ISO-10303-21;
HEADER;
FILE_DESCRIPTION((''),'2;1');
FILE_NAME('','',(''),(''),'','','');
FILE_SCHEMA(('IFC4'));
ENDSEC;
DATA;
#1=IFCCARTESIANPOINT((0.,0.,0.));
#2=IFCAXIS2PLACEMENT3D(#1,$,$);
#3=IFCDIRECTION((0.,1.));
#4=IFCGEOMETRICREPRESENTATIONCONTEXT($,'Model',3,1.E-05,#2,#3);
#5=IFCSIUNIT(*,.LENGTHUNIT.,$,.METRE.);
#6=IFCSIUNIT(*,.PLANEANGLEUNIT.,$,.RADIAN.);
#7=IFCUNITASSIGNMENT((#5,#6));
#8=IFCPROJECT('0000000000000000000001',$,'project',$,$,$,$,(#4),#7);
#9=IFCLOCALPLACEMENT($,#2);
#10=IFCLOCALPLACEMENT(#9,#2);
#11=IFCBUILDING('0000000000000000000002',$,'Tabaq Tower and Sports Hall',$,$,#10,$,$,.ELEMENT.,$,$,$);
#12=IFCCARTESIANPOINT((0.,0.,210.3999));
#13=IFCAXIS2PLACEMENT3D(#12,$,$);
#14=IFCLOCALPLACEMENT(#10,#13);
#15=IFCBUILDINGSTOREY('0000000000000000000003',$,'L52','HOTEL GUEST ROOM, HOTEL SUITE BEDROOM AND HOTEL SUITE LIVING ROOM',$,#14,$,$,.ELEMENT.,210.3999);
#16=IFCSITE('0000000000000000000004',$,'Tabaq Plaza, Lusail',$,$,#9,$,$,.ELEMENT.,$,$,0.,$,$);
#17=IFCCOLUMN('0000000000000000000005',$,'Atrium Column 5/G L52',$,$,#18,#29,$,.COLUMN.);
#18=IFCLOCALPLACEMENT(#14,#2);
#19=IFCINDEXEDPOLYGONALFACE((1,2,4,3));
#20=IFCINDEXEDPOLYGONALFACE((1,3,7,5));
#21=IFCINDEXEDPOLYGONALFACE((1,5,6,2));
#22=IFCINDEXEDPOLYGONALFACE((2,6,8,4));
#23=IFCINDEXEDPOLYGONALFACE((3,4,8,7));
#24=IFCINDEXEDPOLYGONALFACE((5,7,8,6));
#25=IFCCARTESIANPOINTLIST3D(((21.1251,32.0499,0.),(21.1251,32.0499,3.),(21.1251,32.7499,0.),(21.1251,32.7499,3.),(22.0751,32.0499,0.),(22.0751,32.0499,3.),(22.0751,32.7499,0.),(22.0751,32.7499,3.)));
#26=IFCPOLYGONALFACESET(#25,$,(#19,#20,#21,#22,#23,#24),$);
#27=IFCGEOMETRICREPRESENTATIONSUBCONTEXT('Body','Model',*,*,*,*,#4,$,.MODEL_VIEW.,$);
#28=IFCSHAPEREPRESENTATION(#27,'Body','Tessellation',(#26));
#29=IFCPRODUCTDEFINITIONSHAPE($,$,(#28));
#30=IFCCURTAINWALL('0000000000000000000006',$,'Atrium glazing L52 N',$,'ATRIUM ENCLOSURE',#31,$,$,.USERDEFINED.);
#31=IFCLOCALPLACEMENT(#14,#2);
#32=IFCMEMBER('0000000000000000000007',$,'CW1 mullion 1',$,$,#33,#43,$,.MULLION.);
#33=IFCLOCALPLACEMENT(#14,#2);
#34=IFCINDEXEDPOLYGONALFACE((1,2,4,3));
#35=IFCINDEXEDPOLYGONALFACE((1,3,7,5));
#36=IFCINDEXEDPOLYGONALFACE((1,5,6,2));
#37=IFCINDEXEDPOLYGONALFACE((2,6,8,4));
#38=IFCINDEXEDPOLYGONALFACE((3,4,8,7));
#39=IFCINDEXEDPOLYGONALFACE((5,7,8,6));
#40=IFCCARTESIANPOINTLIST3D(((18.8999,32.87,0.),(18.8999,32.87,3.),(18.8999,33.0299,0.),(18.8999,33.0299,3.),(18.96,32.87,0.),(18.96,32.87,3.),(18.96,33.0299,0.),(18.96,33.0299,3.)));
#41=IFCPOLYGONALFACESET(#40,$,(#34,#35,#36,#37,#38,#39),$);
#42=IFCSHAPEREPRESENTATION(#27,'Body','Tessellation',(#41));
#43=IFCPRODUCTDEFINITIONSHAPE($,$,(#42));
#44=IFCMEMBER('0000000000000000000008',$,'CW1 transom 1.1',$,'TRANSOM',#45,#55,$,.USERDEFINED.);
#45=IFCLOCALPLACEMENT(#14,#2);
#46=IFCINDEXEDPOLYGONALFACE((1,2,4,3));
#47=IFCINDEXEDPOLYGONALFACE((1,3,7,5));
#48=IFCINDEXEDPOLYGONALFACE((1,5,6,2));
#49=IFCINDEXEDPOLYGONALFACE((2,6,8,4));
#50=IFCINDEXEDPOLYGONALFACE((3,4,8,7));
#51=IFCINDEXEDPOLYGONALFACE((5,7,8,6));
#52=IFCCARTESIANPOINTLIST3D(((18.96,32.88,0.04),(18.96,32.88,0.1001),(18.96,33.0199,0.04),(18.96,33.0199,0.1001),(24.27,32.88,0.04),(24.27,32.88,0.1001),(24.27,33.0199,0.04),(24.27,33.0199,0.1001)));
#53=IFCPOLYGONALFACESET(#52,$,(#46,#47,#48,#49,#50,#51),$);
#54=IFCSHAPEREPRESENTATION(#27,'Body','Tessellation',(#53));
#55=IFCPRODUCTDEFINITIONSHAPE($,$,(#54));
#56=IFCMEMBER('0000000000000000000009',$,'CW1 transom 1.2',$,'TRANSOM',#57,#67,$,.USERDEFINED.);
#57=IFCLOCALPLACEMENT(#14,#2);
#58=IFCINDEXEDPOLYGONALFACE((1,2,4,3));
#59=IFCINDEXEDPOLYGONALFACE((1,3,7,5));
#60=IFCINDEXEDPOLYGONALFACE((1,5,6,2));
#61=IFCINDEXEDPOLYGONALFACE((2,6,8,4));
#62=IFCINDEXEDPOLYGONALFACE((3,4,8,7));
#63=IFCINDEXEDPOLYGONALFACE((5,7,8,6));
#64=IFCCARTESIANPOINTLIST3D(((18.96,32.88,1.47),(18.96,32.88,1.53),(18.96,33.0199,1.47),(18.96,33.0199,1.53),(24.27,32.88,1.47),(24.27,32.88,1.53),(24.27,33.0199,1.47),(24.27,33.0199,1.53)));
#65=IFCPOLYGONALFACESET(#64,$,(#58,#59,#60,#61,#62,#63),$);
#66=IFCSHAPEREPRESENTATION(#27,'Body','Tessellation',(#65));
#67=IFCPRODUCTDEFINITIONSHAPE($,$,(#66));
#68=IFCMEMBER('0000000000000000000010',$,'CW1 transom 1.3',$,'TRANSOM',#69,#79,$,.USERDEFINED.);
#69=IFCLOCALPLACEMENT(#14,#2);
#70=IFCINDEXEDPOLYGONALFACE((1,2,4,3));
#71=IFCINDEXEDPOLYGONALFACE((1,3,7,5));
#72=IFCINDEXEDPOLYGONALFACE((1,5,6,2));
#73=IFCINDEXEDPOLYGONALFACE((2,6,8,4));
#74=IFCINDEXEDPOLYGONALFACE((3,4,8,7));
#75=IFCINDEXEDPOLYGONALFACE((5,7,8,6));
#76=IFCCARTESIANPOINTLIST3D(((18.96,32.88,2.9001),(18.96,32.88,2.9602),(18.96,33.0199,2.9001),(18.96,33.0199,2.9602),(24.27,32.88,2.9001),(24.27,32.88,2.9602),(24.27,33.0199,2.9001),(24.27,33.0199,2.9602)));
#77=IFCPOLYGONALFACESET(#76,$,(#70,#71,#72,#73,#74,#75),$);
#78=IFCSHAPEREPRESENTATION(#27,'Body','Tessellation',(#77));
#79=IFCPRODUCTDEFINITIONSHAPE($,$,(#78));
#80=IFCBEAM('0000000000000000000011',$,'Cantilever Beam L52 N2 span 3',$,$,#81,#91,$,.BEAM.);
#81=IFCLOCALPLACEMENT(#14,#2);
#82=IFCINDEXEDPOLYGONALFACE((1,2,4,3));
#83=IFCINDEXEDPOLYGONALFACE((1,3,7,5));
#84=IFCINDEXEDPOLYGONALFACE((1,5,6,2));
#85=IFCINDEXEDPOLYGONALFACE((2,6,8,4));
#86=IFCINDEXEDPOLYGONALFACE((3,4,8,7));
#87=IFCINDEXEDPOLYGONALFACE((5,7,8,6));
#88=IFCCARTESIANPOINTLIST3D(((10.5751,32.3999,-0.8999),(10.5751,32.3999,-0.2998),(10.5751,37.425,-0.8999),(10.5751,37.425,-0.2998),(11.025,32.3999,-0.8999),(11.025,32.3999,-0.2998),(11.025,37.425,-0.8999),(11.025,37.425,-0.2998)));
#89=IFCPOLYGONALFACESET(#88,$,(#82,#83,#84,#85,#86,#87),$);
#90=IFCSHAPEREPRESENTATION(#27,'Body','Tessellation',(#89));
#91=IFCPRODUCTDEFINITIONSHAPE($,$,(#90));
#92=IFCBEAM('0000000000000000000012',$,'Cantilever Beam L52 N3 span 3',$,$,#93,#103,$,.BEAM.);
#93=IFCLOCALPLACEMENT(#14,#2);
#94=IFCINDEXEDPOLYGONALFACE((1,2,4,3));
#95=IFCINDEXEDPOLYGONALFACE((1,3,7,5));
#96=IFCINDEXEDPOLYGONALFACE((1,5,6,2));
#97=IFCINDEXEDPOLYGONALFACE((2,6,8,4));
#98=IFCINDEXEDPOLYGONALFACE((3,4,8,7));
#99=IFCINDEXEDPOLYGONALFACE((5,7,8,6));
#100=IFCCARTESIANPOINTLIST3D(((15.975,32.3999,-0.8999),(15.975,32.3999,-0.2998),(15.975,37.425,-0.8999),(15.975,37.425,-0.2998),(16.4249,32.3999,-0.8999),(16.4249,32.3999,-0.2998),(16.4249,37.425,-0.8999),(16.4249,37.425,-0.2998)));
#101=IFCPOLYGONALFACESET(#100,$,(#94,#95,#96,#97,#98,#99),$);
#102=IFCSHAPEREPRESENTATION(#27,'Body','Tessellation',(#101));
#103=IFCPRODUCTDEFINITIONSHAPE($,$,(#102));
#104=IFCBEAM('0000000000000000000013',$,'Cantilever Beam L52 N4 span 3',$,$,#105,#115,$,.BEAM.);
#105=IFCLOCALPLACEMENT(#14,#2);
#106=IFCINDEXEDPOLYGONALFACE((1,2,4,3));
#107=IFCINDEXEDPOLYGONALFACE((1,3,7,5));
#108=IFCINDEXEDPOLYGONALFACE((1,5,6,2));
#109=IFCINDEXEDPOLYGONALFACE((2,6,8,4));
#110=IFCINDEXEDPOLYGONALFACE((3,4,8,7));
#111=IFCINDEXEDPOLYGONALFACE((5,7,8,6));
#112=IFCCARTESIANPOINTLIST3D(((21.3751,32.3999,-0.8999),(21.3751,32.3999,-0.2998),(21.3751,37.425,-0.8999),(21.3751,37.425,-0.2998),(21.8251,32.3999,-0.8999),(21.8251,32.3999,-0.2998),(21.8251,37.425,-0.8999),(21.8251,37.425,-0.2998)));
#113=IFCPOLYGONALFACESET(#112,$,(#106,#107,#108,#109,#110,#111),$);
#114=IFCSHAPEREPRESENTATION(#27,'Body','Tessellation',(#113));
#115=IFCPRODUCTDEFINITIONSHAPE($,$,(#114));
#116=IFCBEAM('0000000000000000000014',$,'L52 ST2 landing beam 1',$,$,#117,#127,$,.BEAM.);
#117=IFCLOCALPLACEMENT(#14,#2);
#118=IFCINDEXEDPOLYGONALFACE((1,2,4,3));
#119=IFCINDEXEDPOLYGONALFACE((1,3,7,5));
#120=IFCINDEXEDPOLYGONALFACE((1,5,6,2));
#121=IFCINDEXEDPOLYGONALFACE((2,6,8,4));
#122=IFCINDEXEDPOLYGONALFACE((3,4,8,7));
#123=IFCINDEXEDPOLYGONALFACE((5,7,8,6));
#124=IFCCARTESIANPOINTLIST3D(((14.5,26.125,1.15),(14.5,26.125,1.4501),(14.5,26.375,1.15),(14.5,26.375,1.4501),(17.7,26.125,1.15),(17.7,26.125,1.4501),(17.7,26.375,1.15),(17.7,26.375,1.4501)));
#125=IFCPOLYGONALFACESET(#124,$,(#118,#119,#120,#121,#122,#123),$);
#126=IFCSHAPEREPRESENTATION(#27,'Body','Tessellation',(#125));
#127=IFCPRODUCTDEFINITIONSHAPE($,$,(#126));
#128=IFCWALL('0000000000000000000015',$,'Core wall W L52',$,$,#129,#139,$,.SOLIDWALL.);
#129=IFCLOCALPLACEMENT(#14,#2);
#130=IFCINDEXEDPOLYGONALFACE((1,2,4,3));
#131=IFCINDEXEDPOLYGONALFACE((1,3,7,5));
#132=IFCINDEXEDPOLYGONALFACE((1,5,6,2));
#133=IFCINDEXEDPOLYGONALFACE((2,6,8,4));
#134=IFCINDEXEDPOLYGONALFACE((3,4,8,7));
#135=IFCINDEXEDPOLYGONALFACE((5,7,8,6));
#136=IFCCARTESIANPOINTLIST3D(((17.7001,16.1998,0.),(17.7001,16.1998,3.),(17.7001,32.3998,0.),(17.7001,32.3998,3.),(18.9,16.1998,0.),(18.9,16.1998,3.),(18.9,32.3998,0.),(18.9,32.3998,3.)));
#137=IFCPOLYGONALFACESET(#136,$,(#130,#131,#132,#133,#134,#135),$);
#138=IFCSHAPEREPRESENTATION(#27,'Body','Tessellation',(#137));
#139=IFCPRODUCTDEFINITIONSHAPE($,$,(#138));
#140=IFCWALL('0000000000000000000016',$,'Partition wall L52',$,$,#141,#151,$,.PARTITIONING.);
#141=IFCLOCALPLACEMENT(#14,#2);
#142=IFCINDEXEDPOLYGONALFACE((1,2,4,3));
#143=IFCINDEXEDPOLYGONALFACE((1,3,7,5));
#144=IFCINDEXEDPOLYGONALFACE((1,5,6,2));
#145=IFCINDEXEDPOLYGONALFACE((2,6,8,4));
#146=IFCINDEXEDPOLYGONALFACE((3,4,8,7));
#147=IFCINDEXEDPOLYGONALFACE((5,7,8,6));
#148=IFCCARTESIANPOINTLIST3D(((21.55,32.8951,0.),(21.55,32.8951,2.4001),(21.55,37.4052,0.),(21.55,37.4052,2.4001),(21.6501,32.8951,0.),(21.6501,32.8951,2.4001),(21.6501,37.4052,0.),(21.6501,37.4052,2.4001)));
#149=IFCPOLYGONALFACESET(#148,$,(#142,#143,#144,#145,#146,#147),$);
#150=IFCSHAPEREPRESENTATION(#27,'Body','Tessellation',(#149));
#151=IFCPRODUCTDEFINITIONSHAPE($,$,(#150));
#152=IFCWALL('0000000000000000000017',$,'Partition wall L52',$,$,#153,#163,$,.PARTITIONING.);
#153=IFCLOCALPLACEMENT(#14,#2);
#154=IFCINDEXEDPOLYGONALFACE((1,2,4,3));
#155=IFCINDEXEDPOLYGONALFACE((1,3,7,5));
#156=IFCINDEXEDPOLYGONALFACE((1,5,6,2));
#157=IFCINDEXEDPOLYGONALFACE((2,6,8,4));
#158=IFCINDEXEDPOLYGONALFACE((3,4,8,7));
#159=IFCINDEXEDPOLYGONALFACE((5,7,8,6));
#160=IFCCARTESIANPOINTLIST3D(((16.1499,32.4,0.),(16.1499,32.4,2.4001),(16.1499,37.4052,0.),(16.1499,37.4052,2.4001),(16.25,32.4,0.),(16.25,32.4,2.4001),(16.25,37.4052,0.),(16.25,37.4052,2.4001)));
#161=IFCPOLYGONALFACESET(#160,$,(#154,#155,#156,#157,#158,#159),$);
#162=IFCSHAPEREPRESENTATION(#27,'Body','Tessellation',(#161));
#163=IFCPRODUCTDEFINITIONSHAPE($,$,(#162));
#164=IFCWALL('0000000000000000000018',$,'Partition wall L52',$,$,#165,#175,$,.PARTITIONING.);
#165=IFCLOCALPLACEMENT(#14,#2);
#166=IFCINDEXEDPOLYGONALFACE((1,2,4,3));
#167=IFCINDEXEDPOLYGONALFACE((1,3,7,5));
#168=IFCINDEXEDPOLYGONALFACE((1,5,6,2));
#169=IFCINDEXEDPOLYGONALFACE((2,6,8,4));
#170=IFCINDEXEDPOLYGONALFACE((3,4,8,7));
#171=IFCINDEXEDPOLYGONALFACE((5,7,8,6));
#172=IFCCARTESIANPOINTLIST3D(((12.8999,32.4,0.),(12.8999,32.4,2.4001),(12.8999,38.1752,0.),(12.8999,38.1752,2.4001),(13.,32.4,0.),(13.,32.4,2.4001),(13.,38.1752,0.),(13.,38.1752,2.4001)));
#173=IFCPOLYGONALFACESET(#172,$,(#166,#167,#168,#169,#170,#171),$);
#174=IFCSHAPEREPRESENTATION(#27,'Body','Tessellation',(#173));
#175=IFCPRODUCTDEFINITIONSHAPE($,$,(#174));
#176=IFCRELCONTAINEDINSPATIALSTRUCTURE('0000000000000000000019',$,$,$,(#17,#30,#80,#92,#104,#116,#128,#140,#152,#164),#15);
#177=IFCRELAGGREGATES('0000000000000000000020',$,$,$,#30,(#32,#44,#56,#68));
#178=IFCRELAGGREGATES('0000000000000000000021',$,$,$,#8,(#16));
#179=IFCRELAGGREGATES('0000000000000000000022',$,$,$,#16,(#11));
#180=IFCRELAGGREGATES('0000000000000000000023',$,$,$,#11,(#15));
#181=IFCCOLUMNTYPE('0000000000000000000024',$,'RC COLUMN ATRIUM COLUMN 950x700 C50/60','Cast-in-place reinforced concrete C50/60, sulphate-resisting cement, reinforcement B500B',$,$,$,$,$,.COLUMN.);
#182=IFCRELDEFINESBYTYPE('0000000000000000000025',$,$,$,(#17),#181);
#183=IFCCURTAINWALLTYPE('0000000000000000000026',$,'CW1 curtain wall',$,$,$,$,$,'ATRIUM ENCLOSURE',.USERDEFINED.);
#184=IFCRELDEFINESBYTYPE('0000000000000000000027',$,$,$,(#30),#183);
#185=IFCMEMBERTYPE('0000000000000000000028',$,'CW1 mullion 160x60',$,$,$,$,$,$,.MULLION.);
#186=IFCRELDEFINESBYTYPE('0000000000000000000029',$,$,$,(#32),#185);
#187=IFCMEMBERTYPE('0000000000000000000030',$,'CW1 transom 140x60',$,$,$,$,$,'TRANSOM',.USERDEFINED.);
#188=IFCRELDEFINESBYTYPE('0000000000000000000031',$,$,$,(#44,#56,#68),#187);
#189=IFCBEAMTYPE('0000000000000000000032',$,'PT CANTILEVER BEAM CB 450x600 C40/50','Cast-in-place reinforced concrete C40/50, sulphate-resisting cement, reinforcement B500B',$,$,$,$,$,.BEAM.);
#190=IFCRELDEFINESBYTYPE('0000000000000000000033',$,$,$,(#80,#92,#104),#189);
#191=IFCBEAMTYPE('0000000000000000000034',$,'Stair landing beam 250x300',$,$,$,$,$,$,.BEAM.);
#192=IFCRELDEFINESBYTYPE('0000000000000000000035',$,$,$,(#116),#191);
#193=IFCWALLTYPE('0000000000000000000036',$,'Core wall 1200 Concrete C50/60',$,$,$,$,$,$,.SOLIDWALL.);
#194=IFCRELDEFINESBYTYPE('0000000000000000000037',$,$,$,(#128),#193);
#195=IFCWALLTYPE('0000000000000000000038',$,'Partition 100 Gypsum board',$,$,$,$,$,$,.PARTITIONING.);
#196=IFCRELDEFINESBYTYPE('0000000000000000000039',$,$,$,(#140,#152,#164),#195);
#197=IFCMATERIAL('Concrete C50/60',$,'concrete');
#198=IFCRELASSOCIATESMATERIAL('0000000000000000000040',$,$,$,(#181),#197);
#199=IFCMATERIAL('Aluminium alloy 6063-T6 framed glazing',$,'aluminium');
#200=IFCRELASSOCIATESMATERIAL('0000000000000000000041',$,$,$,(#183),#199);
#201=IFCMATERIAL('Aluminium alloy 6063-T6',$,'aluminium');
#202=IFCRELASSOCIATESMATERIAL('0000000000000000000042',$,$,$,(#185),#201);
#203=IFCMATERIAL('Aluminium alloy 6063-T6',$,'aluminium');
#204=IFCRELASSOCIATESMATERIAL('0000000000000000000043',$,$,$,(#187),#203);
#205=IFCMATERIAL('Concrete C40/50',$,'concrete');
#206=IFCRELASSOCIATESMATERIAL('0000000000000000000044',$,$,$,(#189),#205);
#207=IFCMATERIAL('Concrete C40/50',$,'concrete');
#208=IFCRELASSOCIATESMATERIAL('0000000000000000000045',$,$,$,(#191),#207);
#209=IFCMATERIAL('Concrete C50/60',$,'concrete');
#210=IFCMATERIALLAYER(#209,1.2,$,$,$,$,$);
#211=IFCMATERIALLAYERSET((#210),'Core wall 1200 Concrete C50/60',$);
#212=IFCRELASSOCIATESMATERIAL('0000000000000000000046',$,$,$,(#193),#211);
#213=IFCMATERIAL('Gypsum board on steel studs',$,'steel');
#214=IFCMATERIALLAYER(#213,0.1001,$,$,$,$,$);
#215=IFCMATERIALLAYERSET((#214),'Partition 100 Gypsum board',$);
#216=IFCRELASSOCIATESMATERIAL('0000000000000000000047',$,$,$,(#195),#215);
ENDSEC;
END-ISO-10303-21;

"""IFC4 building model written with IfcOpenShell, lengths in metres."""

from ifc_helpers import new_model, si_unit, direction, frame, frame_2d, origin, origin_2d, place, context, subcontext, project, spatial, rectangle, extrude, material, layer, layer_set, material_profile, profile_set, type_object, element, aggregate, save


model = new_model("IFC4")

# Units and contexts
model_context = context("Model", 3, precision=1e-05, world=origin(), true_north=direction((0.0, 1.0)))
body_context = subcontext(model_context, "Body", "Model", "MODEL_VIEW")
ifc_project = project(units=[si_unit("LENGTHUNIT", "METRE"), si_unit("PLANEANGLEUNIT", "RADIAN")], contexts=[model_context])

# Site, building, storey
site_placement = place(None, origin())
site = spatial("IfcSite", under=ifc_project, at=site_placement, Name="Tabaq Plaza, Lusail", CompositionType="ELEMENT", RefElevation=0.0)
building_placement = place(site_placement, origin())
building = spatial("IfcBuilding", under=site, at=building_placement, Name="Tabaq Tower and Sports Hall", CompositionType="ELEMENT")
storey_placement = place(building_placement, frame((0.0, 0.0, 210.3999)))
storey = spatial("IfcBuildingStorey", under=building, at=storey_placement, Name="L52", Description="HOTEL GUEST ROOM, HOTEL SUITE BEDROOM AND HOTEL SUITE LIVING ROOM", CompositionType="ELEMENT", Elevation=210.3999)

# Column
ifc_material_1 = material(Name="Concrete C50/60", Category="concrete")
ifc_material_profile_1 = material_profile(ifc_material_1, rectangle(XDim=0.95, YDim=0.7, at=origin_2d()), Name="ATRIUM COLUMN 950x700")
ifc_profile_set_1 = profile_set([ifc_material_profile_1], Name="Concrete C50/60")
column_type = type_object("IfcColumnType", Name="RC COLUMN ATRIUM COLUMN 950x700 C50/60", Description="Cast-in-place reinforced concrete C50/60, sulphate-resisting cement, reinforcement B500B", PredefinedType="COLUMN", material=ifc_profile_set_1)
column_placement = place(storey_placement, frame((21.6001, 32.3999, 0.0), z_axis=(0.0, 0.0, 1.0), x_axis=(1.0, 0.0, 0.0)))
element("IfcColumn", 1, at=column_placement, inside=storey, type_object=column_type, Name="Atrium Column 5/G L52", PredefinedType="COLUMN", context=body_context, shape_type="SweptSolid", body=[
    extrude(rectangle(XDim=0.95, YDim=0.7, at=origin_2d()), origin(), (0.0, 0.0, 1.0), 3.0),
])

# Curtain wall, members
ifc_material_2 = material(Name="Aluminium alloy 6063-T6 framed glazing", Category="aluminium")
curtain_wall_type = type_object("IfcCurtainWallType", Name="CW1 curtain wall", ElementType="ATRIUM ENCLOSURE", PredefinedType="USERDEFINED", material=ifc_material_2)
curtain_wall_placement = place(storey_placement, origin())
curtain_wall = element("IfcCurtainWall", 2, at=curtain_wall_placement, inside=storey, type_object=curtain_wall_type, Name="Atrium glazing L52 N", ObjectType="ATRIUM ENCLOSURE", PredefinedType="USERDEFINED")
ifc_material_3 = material(Name="Aluminium alloy 6063-T6", Category="aluminium")
ifc_material_profile_2 = material_profile(ifc_material_3, rectangle(XDim=0.1599, YDim=0.0601, at=origin_2d()), Name="MULLION 160x60")
ifc_profile_set_2 = profile_set([ifc_material_profile_2], Name="Aluminium alloy 6063-T6")
member_type_1 = type_object("IfcMemberType", Name="CW1 mullion 160x60", PredefinedType="MULLION", material=ifc_profile_set_2)
member_1_placement = place(storey_placement, frame((18.9299, 32.95, 0.0), z_axis=(0.0, 0.0, 1.0), x_axis=(0.0, 1.0, 0.0)))
member_1 = element("IfcMember", 3, at=member_1_placement, type_object=member_type_1, Name="CW1 mullion 1", PredefinedType="MULLION", context=body_context, shape_type="SweptSolid", body=[
    extrude(rectangle(XDim=0.1599, YDim=0.0601, at=origin_2d()), origin(), (0.0, 0.0, 1.0), 3.0),
])
ifc_material_4 = material(Name="Aluminium alloy 6063-T6", Category="aluminium")
ifc_material_profile_3 = material_profile(ifc_material_4, rectangle(XDim=0.1399, YDim=0.0601, at=origin_2d()), Name="TRANSOM 140x60")
ifc_profile_set_3 = profile_set([ifc_material_profile_3], Name="Aluminium alloy 6063-T6")
member_type_2 = type_object("IfcMemberType", Name="CW1 transom 140x60", ElementType="TRANSOM", PredefinedType="USERDEFINED", material=ifc_profile_set_3)
member_2_placement = place(storey_placement, frame((18.96, 32.95, 0.0701), z_axis=(1.0, 0.0, 0.0), x_axis=(0.0, 1.0, 0.0)))
member_2 = element("IfcMember", 4, at=member_2_placement, type_object=member_type_2, Name="CW1 transom 1.1", ObjectType="TRANSOM", PredefinedType="USERDEFINED", context=body_context, shape_type="SweptSolid", body=[
    extrude(rectangle(XDim=0.1399, YDim=0.0601, at=origin_2d()), origin(), (0.0, 0.0, 1.0), 5.3101),
])
member_3_placement = place(storey_placement, frame((18.96, 32.95, 1.5), z_axis=(1.0, 0.0, 0.0), x_axis=(0.0, 1.0, 0.0)))
member_3 = element("IfcMember", 5, at=member_3_placement, type_object=member_type_2, Name="CW1 transom 1.2", ObjectType="TRANSOM", PredefinedType="USERDEFINED", context=body_context, shape_type="SweptSolid", body=[
    extrude(rectangle(XDim=0.1399, YDim=0.0601, at=origin_2d()), origin(), (0.0, 0.0, 1.0), 5.3101),
])
member_4_placement = place(storey_placement, frame((18.96, 32.95, 2.9302), z_axis=(1.0, 0.0, 0.0), x_axis=(0.0, 1.0, 0.0)))
member_4 = element("IfcMember", 6, at=member_4_placement, type_object=member_type_2, Name="CW1 transom 1.3", ObjectType="TRANSOM", PredefinedType="USERDEFINED", context=body_context, shape_type="SweptSolid", body=[
    extrude(rectangle(XDim=0.1399, YDim=0.0601, at=origin_2d()), origin(), (0.0, 0.0, 1.0), 5.3101),
])
aggregate(curtain_wall, [member_1, member_2, member_3, member_4])

# Beams
ifc_material_5 = material(Name="Concrete C40/50", Category="concrete")
ifc_material_profile_4 = material_profile(ifc_material_5, rectangle(XDim=0.45, YDim=0.6001, at=origin_2d()), Name="CB 450x600")
ifc_profile_set_4 = profile_set([ifc_material_profile_4], Name="Concrete C40/50")
beam_type_1 = type_object("IfcBeamType", Name="PT CANTILEVER BEAM CB 450x600 C40/50", Description="Cast-in-place reinforced concrete C40/50, sulphate-resisting cement, reinforcement B500B", PredefinedType="BEAM", material=ifc_profile_set_4)
for number, where, z_axis, x_axis, name in (
    (7, (10.8, 37.425, -0.5999), (0.0, -1.0, 0.0), (1.0, 0.0, 0.0), "Cantilever Beam L52 N2 span 3"),
    (8, (16.2, 37.425, -0.5999), (0.0, -1.0, 0.0), (1.0, 0.0, 0.0), "Cantilever Beam L52 N3 span 3"),
    (9, (21.6001, 37.425, -0.5999), (0.0, -1.0, 0.0), (1.0, 0.0, 0.0), "Cantilever Beam L52 N4 span 3"),
):
    element("IfcBeam", number, at=place(storey_placement, frame(where, z_axis=z_axis, x_axis=x_axis)), inside=storey, type_object=beam_type_1, Name=name, PredefinedType="BEAM", context=body_context, shape_type="SweptSolid", body=[
        extrude(rectangle(XDim=0.45, YDim=0.6001, at=origin_2d()), origin(), (0.0, 0.0, 1.0), 5.0251),
    ])
ifc_material_6 = material(Name="Concrete C40/50", Category="concrete")
ifc_material_profile_5 = material_profile(ifc_material_6, rectangle(XDim=0.25, YDim=0.3, at=origin_2d()), Name="RC 250x300")
ifc_profile_set_5 = profile_set([ifc_material_profile_5], Name="Concrete C40/50")
beam_type_2 = type_object("IfcBeamType", Name="Stair landing beam 250x300", PredefinedType="BEAM", material=ifc_profile_set_5)
beam_placement = place(storey_placement, frame((14.5, 26.25, 1.3), z_axis=(1.0, 0.0, 0.0), x_axis=(0.0, 1.0, 0.0)))
element("IfcBeam", 10, at=beam_placement, inside=storey, type_object=beam_type_2, Name="L52 ST2 landing beam 1", PredefinedType="BEAM", context=body_context, shape_type="SweptSolid", body=[
    extrude(rectangle(XDim=0.25, YDim=0.3, at=origin_2d()), origin(), (0.0, 0.0, 1.0), 3.2),
])

# Walls
ifc_material_7 = material(Name="Concrete C50/60", Category="concrete")
ifc_layer_1 = layer(ifc_material_7, 1.2)
ifc_layer_set_1 = layer_set([ifc_layer_1], Name="Core wall 1200 Concrete C50/60")
wall_type_1 = type_object("IfcWallType", Name="Core wall 1200 Concrete C50/60", PredefinedType="SOLIDWALL", material=ifc_layer_set_1)
wall_1_placement = place(storey_placement, frame((18.3, 32.3999, 0.0), z_axis=(0.0, 0.0, 1.0), x_axis=(0.0, -1.0, 0.0)))
element("IfcWall", 11, at=wall_1_placement, inside=storey, type_object=wall_type_1, Name="Core wall W L52", PredefinedType="SOLIDWALL", context=body_context, shape_type="SweptSolid", body=[
    extrude(rectangle(XDim=16.2, YDim=1.2, at=frame_2d((8.1001, 0.0))), origin(), (0.0, 0.0, 1.0), 3.0),
])
ifc_material_8 = material(Name="Gypsum board on steel studs", Category="steel")
ifc_layer_2 = layer(ifc_material_8, 0.1001)
ifc_layer_set_2 = layer_set([ifc_layer_2], Name="Partition 100 Gypsum board")
wall_type_2 = type_object("IfcWallType", Name="Partition 100 Gypsum board", PredefinedType="PARTITIONING", material=ifc_layer_set_2)
wall_2_placement = place(storey_placement, frame((21.6001, 37.405, 0.0), z_axis=(0.0, 0.0, 1.0), x_axis=(0.0, -1.0, 0.0)))
element("IfcWall", 12, at=wall_2_placement, inside=storey, type_object=wall_type_2, Name="Partition wall L52", PredefinedType="PARTITIONING", context=body_context, shape_type="SweptSolid", body=[
    extrude(rectangle(XDim=4.51, YDim=0.1001, at=frame_2d((2.2549, 0.0))), origin(), (0.0, 0.0, 1.0), 2.4001),
])
wall_3_placement = place(storey_placement, frame((16.2, 37.405, 0.0), z_axis=(0.0, 0.0, 1.0), x_axis=(0.0, -1.0, 0.0)))
element("IfcWall", 13, at=wall_3_placement, inside=storey, type_object=wall_type_2, Name="Partition wall L52", PredefinedType="PARTITIONING", context=body_context, shape_type="SweptSolid", body=[
    extrude(rectangle(XDim=5.0051, YDim=0.1001, at=frame_2d((2.5024, 0.0))), origin(), (0.0, 0.0, 1.0), 2.4001),
])
wall_4_placement = place(storey_placement, frame((12.95, 32.3999, 0.0), z_axis=(0.0, 0.0, 1.0), x_axis=(0.0, 1.0, 0.0)))
element("IfcWall", 14, at=wall_4_placement, inside=storey, type_object=wall_type_2, Name="Partition wall L52", PredefinedType="PARTITIONING", context=body_context, shape_type="SweptSolid", body=[
    extrude(rectangle(XDim=5.7751, YDim=0.1001, at=frame_2d((2.8877, 0.0))), origin(), (0.0, 0.0, 1.0), 2.4001),
])

save(model, "model.ifc")
